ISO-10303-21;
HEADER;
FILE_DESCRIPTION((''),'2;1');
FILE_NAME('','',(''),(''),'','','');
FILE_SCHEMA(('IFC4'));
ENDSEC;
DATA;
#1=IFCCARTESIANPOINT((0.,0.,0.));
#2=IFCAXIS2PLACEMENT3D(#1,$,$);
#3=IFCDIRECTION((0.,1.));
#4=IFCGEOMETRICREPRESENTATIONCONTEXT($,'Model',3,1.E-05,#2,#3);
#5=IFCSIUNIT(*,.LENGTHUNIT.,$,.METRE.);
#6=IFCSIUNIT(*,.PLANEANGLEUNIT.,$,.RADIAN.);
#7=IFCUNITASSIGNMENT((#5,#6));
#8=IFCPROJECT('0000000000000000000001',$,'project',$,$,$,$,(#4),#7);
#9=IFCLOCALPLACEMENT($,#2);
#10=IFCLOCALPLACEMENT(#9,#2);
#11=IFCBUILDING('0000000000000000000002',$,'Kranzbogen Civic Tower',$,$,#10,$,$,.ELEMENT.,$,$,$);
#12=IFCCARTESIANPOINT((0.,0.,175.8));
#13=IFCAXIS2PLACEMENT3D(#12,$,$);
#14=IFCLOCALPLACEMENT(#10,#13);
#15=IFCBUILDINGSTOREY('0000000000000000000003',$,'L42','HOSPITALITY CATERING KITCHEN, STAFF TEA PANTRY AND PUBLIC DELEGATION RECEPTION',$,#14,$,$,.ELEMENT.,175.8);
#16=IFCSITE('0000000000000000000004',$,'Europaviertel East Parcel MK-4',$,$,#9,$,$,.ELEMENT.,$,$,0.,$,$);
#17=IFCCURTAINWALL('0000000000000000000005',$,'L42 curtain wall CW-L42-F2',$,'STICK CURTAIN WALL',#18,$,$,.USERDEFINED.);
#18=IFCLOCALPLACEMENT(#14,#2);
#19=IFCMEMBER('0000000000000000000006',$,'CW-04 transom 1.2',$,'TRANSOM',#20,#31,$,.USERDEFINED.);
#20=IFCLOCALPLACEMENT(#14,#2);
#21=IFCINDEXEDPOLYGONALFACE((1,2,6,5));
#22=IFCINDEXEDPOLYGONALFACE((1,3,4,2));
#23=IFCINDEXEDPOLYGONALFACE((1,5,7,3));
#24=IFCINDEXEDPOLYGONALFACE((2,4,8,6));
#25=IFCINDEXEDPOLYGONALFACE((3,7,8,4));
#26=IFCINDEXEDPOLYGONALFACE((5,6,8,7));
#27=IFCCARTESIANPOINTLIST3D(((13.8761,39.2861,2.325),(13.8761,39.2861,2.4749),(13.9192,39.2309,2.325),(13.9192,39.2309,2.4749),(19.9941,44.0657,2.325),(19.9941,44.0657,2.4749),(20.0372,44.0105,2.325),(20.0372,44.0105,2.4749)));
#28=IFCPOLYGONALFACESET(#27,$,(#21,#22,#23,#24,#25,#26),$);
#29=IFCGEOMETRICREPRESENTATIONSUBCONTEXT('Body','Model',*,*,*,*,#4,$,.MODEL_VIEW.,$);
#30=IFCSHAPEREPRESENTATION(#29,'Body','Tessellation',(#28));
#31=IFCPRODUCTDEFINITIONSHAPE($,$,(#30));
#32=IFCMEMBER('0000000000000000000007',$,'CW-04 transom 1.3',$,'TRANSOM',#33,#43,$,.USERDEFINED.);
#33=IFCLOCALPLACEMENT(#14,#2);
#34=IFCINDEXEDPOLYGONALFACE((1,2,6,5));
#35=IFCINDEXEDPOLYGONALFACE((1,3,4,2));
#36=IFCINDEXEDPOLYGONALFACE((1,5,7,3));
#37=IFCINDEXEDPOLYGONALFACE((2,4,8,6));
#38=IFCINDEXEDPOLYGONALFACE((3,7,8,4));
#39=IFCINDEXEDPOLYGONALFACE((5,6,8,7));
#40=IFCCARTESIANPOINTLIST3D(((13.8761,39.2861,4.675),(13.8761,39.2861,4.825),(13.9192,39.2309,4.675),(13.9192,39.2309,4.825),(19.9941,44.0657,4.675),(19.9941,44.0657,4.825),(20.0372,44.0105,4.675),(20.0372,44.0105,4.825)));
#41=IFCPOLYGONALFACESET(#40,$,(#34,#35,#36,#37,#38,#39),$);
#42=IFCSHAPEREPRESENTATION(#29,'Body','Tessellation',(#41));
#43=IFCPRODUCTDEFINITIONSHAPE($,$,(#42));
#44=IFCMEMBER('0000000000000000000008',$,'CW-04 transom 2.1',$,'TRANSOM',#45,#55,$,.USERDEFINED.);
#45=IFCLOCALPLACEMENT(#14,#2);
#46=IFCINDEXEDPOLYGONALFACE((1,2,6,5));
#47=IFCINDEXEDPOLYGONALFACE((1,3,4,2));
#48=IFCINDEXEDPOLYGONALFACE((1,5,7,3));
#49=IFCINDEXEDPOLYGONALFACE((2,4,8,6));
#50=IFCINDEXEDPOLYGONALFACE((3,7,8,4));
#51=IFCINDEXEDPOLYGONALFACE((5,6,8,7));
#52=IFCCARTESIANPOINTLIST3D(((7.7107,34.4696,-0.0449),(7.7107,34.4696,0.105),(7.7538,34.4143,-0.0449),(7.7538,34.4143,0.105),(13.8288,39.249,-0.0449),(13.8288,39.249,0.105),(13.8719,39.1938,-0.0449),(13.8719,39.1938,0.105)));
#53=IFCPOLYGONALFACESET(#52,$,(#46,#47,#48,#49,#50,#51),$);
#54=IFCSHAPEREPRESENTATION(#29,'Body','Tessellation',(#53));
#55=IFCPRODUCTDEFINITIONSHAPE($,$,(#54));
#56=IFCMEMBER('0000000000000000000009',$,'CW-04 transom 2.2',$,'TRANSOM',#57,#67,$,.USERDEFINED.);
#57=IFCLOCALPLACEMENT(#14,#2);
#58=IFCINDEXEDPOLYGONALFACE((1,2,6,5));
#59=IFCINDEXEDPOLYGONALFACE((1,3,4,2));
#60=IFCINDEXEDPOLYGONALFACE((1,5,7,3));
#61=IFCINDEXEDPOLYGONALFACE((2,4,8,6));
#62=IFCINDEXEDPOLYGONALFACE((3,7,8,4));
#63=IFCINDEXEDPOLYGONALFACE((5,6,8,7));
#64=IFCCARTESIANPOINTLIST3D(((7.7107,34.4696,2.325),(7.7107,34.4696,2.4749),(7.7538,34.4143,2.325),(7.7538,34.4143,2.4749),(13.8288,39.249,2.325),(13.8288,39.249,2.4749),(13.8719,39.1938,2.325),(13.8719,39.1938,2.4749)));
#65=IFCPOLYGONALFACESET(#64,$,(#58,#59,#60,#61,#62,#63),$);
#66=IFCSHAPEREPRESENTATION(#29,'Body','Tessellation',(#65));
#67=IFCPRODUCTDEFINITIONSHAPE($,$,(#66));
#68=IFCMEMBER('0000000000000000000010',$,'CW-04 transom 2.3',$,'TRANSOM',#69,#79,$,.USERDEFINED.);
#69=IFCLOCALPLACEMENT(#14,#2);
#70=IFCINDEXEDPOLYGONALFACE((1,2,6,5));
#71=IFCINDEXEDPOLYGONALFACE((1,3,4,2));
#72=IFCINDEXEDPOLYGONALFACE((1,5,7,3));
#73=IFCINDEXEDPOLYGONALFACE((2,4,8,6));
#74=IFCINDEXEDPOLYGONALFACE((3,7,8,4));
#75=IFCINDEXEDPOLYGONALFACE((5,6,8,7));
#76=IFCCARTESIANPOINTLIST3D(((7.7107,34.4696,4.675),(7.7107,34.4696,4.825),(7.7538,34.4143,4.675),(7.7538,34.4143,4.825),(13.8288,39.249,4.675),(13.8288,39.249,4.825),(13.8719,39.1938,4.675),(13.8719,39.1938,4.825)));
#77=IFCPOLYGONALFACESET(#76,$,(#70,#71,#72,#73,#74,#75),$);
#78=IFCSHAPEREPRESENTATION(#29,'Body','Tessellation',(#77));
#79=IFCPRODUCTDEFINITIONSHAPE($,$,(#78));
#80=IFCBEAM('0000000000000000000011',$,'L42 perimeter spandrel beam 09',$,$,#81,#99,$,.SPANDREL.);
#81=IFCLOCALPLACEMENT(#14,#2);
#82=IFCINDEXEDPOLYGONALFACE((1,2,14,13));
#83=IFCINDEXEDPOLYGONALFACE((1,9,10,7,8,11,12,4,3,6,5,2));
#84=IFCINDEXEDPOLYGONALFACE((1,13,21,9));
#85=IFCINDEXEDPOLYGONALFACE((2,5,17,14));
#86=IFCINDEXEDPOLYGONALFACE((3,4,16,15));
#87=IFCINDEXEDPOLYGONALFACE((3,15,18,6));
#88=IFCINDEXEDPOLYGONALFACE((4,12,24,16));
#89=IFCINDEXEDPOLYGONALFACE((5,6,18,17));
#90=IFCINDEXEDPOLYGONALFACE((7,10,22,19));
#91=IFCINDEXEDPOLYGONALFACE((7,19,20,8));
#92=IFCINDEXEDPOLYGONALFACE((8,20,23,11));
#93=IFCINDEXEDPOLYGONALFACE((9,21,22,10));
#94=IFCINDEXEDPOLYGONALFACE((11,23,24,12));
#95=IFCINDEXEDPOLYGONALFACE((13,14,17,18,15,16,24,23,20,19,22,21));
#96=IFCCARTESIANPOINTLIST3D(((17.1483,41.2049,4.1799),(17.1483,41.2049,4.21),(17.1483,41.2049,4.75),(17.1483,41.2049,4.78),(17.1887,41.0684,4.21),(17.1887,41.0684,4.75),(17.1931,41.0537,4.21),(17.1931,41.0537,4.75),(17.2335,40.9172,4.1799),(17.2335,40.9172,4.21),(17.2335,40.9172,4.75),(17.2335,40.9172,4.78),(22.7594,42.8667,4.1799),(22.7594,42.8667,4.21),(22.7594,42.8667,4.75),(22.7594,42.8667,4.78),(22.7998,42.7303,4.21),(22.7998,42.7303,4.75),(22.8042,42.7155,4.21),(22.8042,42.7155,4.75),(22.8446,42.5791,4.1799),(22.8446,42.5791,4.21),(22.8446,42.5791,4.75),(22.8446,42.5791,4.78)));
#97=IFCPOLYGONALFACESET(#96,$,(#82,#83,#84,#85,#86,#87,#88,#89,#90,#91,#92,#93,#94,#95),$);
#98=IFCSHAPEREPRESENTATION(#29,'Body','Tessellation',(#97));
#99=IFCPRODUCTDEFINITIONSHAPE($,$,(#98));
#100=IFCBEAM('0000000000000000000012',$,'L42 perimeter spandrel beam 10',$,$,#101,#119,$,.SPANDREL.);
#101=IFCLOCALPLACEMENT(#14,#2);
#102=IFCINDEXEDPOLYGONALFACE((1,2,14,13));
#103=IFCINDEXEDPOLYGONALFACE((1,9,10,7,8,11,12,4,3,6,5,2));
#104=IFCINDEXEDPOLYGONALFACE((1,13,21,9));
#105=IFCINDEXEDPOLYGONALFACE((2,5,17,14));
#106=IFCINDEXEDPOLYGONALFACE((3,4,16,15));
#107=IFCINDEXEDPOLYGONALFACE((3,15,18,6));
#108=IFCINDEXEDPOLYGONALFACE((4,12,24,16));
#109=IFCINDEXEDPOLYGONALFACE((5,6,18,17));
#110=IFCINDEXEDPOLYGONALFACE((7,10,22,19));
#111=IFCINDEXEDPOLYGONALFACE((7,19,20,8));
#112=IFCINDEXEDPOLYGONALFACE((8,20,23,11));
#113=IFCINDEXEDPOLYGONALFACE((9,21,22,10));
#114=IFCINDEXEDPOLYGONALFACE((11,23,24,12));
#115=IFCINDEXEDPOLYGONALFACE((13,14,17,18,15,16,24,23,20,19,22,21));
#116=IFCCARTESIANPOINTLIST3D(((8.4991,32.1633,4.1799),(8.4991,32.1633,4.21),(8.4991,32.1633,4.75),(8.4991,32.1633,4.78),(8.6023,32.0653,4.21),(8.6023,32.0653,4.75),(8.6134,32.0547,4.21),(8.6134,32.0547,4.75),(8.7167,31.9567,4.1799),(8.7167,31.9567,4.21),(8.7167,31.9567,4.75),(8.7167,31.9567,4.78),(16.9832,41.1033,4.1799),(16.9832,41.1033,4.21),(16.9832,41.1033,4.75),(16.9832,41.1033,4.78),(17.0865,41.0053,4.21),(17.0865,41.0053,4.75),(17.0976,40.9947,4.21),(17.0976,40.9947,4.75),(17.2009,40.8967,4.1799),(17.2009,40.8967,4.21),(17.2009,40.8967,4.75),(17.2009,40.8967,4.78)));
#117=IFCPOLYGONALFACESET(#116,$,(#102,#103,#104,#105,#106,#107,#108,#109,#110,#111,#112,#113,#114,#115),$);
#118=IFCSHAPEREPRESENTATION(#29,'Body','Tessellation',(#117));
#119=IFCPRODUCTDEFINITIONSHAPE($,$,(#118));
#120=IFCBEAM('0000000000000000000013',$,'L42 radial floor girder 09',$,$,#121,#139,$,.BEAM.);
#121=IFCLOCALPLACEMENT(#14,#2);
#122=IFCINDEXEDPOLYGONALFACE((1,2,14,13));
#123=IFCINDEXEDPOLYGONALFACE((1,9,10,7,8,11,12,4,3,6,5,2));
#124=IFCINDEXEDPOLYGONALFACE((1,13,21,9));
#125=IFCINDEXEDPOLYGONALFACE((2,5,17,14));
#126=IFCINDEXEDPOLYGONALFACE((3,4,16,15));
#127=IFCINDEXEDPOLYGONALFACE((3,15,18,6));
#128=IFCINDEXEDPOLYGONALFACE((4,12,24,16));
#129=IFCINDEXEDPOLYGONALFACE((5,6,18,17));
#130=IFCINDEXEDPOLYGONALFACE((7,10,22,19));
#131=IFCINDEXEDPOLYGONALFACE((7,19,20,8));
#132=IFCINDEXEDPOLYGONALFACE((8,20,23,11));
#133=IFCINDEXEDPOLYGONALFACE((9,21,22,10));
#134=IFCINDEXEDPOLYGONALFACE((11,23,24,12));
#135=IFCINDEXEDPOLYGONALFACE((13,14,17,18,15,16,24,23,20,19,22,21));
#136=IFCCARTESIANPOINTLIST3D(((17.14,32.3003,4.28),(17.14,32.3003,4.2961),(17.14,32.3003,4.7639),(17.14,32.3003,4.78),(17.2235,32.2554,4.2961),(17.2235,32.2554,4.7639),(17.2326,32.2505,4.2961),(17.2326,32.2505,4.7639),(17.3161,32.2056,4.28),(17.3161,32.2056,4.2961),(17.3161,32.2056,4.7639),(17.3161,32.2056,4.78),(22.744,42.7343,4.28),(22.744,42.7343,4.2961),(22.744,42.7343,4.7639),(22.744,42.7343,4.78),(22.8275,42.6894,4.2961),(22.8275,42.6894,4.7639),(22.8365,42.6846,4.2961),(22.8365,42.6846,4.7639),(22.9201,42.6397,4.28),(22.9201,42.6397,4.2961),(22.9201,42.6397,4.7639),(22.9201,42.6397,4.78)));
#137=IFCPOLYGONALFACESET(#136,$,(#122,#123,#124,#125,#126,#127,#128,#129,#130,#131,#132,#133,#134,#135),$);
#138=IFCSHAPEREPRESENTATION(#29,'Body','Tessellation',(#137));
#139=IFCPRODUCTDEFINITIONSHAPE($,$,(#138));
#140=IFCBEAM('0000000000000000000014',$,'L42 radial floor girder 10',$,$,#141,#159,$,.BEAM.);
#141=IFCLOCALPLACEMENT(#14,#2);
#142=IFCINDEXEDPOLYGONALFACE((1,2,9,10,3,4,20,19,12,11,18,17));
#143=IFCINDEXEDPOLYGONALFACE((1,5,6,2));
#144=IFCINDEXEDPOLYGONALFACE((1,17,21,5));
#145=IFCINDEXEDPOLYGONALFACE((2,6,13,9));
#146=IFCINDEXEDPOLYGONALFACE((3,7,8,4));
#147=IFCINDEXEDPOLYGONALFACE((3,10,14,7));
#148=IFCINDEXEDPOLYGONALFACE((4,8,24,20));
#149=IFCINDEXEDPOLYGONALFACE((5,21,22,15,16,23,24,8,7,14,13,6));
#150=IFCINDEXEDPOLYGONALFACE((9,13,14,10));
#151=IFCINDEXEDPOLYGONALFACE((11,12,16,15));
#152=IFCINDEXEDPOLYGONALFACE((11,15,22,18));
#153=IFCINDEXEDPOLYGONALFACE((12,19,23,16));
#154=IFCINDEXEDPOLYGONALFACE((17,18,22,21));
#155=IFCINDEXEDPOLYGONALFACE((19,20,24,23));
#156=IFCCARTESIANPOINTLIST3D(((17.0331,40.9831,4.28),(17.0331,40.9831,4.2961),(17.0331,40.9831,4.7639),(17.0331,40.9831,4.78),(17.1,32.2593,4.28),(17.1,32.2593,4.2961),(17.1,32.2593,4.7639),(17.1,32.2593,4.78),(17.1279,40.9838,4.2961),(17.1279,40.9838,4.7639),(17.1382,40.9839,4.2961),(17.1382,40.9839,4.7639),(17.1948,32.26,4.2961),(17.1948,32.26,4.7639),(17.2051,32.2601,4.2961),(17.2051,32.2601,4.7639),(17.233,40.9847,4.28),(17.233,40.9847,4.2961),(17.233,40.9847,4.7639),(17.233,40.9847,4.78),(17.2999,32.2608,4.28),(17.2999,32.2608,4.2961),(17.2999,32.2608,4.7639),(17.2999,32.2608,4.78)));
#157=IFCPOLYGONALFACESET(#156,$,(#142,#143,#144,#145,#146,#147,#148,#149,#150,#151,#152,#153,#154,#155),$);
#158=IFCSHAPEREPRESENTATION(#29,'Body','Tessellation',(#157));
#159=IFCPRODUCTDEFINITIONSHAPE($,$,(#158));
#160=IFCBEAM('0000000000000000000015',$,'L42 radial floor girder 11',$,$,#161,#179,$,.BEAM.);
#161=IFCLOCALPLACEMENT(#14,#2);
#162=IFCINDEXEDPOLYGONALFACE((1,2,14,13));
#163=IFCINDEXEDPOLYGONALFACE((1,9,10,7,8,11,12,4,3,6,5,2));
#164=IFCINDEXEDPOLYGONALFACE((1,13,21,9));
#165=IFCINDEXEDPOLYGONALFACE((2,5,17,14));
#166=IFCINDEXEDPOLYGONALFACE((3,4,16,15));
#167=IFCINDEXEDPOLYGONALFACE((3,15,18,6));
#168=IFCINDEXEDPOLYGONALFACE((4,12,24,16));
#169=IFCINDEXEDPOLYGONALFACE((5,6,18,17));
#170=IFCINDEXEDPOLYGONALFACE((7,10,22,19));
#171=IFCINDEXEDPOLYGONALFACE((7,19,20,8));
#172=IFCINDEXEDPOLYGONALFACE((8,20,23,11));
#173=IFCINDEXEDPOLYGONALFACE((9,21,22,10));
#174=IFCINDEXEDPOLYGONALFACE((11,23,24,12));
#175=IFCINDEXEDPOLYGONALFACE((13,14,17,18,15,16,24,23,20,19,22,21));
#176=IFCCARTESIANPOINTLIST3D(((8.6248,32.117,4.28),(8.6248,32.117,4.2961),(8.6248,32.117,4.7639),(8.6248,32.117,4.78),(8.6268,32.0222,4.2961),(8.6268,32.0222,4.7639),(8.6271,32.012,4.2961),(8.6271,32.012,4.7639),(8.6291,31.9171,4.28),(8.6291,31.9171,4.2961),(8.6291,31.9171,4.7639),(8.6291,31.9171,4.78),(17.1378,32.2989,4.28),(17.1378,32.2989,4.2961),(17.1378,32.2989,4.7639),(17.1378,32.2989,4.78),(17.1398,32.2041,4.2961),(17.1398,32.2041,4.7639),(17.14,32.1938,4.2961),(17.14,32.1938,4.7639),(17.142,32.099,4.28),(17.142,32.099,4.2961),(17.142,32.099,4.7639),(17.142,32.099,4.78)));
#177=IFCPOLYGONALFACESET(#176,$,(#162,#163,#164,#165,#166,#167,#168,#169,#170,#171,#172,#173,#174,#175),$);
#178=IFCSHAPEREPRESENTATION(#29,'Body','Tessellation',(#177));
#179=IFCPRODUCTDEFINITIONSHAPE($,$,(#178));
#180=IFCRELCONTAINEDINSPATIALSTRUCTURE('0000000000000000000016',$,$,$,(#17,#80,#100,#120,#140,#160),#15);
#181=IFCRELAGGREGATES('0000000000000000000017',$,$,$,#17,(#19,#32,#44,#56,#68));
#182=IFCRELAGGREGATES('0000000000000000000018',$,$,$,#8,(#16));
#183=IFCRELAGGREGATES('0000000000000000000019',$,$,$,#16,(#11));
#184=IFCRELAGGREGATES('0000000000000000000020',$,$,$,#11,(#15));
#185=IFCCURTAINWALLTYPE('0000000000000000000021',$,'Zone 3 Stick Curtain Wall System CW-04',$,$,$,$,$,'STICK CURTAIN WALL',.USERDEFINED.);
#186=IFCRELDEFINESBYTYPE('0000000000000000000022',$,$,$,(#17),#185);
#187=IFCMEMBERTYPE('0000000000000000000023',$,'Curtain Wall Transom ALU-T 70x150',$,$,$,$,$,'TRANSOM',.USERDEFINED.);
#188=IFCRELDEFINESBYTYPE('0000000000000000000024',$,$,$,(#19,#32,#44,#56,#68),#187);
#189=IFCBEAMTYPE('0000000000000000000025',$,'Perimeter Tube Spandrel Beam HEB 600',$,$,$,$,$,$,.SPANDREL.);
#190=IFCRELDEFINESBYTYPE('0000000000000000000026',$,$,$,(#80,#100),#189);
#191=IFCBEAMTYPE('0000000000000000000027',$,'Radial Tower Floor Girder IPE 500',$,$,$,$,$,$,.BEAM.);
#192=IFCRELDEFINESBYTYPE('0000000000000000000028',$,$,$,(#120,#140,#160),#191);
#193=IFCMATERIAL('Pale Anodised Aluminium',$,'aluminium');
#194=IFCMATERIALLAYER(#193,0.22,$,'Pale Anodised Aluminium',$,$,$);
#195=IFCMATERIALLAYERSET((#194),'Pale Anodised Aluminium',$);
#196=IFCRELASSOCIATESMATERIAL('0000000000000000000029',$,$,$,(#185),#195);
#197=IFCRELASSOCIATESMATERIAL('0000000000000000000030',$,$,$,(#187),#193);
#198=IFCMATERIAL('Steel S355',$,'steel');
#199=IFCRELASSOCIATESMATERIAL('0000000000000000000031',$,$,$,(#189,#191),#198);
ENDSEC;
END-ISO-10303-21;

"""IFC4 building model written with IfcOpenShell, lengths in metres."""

from ifc_helpers import new_model, si_unit, direction, frame, origin, origin_2d, place, context, subcontext, project, spatial, rectangle, i_section, extrude, material, layer, layer_set, material_profile, profile_set, type_object, element, aggregate, save


model = new_model("IFC4")

# Units and contexts
model_context = context("Model", 3, precision=1e-05, world=origin(), true_north=direction((0.0, 1.0)))
body_context = subcontext(model_context, "Body", "Model", "MODEL_VIEW")
ifc_project = project(units=[si_unit("LENGTHUNIT", "METRE"), si_unit("PLANEANGLEUNIT", "RADIAN")], contexts=[model_context])

# Site, building, storey
site_placement = place(None, origin())
site = spatial("IfcSite", under=ifc_project, at=site_placement, Name="Europaviertel East Parcel MK-4", CompositionType="ELEMENT", RefElevation=0.0)
building_placement = place(site_placement, origin())
building = spatial("IfcBuilding", under=site, at=building_placement, Name="Kranzbogen Civic Tower", CompositionType="ELEMENT")
storey_placement = place(building_placement, frame((0.0, 0.0, 175.8)))
storey = spatial("IfcBuildingStorey", under=building, at=storey_placement, Name="L42", Description="HOSPITALITY CATERING KITCHEN, STAFF TEA PANTRY AND PUBLIC DELEGATION RECEPTION", CompositionType="ELEMENT", Elevation=175.8)

# Shared definitions
ifc_material_1 = material(Name="Steel S355", Category="steel")

# Shared definitions
ifc_material_2 = material(Name="Pale Anodised Aluminium", Category="aluminium")

# Curtain wall
ifc_layer_1 = layer(ifc_material_2, 0.22, Name="Pale Anodised Aluminium")
ifc_layer_set_1 = layer_set([ifc_layer_1], Name="Pale Anodised Aluminium")
curtain_wall_type_1 = type_object("IfcCurtainWallType", Name="Zone 3 Stick Curtain Wall System CW-04", ElementType="STICK CURTAIN WALL", PredefinedType="USERDEFINED", material=ifc_layer_set_1)
curtain_wall_1_placement = place(storey_placement, origin())
curtain_wall_1 = element("IfcCurtainWall", 1, at=curtain_wall_1_placement, inside=storey, type_object=curtain_wall_type_1, Name="L42 curtain wall CW-L42-F2", ObjectType="STICK CURTAIN WALL", PredefinedType="USERDEFINED")

# Members
ifc_material_profile_1 = material_profile(ifc_material_2, rectangle(XDim=0.0701, YDim=0.1499, at=origin_2d()), Name="ALU-T 70x150")
ifc_profile_set_1 = profile_set([ifc_material_profile_1], Name="Pale Anodised Aluminium")
member_type_1 = type_object("IfcMemberType", Name="Curtain Wall Transom ALU-T 70x150", ElementType="TRANSOM", PredefinedType="USERDEFINED", material=ifc_profile_set_1)
member_1_placement = place(storey_placement, frame((20.0156, 44.0381, 2.3999), z_axis=(-0.78803, -0.615637, 0.0), x_axis=(0.615637, -0.78803, 0.0)))
member_1 = element("IfcMember", 2, at=member_1_placement, type_object=member_type_1, Name="CW-04 transom 1.2", ObjectType="TRANSOM", PredefinedType="USERDEFINED", context=body_context, shape_type="SweptSolid", body=[
    extrude(rectangle(XDim=0.0701, YDim=0.1499, at=origin_2d()), origin(), (0.0, 0.0, 1.0), 7.7637),
])
member_2_placement = place(storey_placement, frame((20.0156, 44.0381, 4.75), z_axis=(-0.78803, -0.615637, 0.0), x_axis=(0.615637, -0.78803, 0.0)))
member_2 = element("IfcMember", 3, at=member_2_placement, type_object=member_type_1, Name="CW-04 transom 1.3", ObjectType="TRANSOM", PredefinedType="USERDEFINED", context=body_context, shape_type="SweptSolid", body=[
    extrude(rectangle(XDim=0.0701, YDim=0.1499, at=origin_2d()), origin(), (0.0, 0.0, 1.0), 7.7637),
])
member_3_placement = place(storey_placement, frame((13.8503, 39.2214, 0.03), z_axis=(-0.788042, -0.615622, 0.0), x_axis=(0.615622, -0.788042, 0.0)))
member_3 = element("IfcMember", 4, at=member_3_placement, type_object=member_type_1, Name="CW-04 transom 2.1", ObjectType="TRANSOM", PredefinedType="USERDEFINED", context=body_context, shape_type="SweptSolid", body=[
    extrude(rectangle(XDim=0.0701, YDim=0.1499, at=origin_2d()), origin(), (0.0, 0.0, 1.0), 7.7637),
])
member_4_placement = place(storey_placement, frame((13.8503, 39.2214, 2.3999), z_axis=(-0.788042, -0.615622, 0.0), x_axis=(0.615622, -0.788042, 0.0)))
member_4 = element("IfcMember", 5, at=member_4_placement, type_object=member_type_1, Name="CW-04 transom 2.2", ObjectType="TRANSOM", PredefinedType="USERDEFINED", context=body_context, shape_type="SweptSolid", body=[
    extrude(rectangle(XDim=0.0701, YDim=0.1499, at=origin_2d()), origin(), (0.0, 0.0, 1.0), 7.7637),
])
member_5_placement = place(storey_placement, frame((13.8503, 39.2214, 4.75), z_axis=(-0.788042, -0.615622, 0.0), x_axis=(0.615622, -0.788042, 0.0)))
member_5 = element("IfcMember", 6, at=member_5_placement, type_object=member_type_1, Name="CW-04 transom 2.3", ObjectType="TRANSOM", PredefinedType="USERDEFINED", context=body_context, shape_type="SweptSolid", body=[
    extrude(rectangle(XDim=0.0701, YDim=0.1499, at=origin_2d()), origin(), (0.0, 0.0, 1.0), 7.7637),
])

# Beams
ifc_material_profile_2 = material_profile(ifc_material_1, i_section(OverallWidth=0.3, OverallDepth=0.6001, WebThickness=0.0154, FlangeThickness=0.03, at=origin_2d()), Name="HEB 600")
ifc_profile_set_2 = profile_set([ifc_material_profile_2], Name="Steel S355")
beam_type_1 = type_object("IfcBeamType", Name="Perimeter Tube Spandrel Beam HEB 600", PredefinedType="SPANDREL", material=ifc_profile_set_2)
beam_1_placement = place(storey_placement, frame((22.802, 42.7229, 4.48), z_axis=(-0.95883, -0.283982, 0.0), x_axis=(0.283982, -0.95883, 0.0)))
element("IfcBeam", 7, at=beam_1_placement, inside=storey, type_object=beam_type_1, Name="L42 perimeter spandrel beam 09", PredefinedType="SPANDREL", context=body_context, shape_type="SweptSolid", body=[
    extrude(i_section(OverallWidth=0.3, OverallDepth=0.6001, WebThickness=0.0154, FlangeThickness=0.03, at=origin_2d()), origin(), (0.0, 0.0, 1.0), 5.8521),
])
beam_2_placement = place(storey_placement, frame((17.092, 41.0, 4.48), z_axis=(-0.688373, -0.725356, 0.0), x_axis=(0.725356, -0.688373, 0.0)))
element("IfcBeam", 8, at=beam_2_placement, inside=storey, type_object=beam_type_1, Name="L42 perimeter spandrel beam 10", PredefinedType="SPANDREL", context=body_context, shape_type="SweptSolid", body=[
    extrude(i_section(OverallWidth=0.3, OverallDepth=0.6001, WebThickness=0.0154, FlangeThickness=0.03, at=origin_2d()), origin(), (0.0, 0.0, 1.0), 12.325),
])
ifc_material_profile_3 = material_profile(ifc_material_1, i_section(OverallWidth=0.2, OverallDepth=0.5, WebThickness=0.0103, FlangeThickness=0.0161, at=origin_2d()), Name="IPE 500")
ifc_profile_set_3 = profile_set([ifc_material_profile_3], Name="Steel S355")
beam_type_2 = type_object("IfcBeamType", Name="Radial Tower Floor Girder IPE 500", PredefinedType="BEAM", material=ifc_profile_set_3)
beam_3_placement = place(storey_placement, frame((22.832, 42.687, 4.53), z_axis=(-0.47316, -0.880976, 0.0), x_axis=(0.880976, -0.47316, 0.0)))
element("IfcBeam", 9, at=beam_3_placement, inside=storey, type_object=beam_type_2, Name="L42 radial floor girder 09", PredefinedType="BEAM", context=body_context, shape_type="SweptSolid", body=[
    extrude(i_section(OverallWidth=0.2, OverallDepth=0.5, WebThickness=0.0103, FlangeThickness=0.0161, at=origin_2d()), origin(), (0.0, 0.0, 1.0), 11.8438),
])
beam_4_placement = place(storey_placement, frame((17.1331, 40.9839, 4.53), z_axis=(0.007668, -0.999971, 0.0), x_axis=(0.999971, 0.007668, 0.0)))
element("IfcBeam", 10, at=beam_4_placement, inside=storey, type_object=beam_type_2, Name="L42 radial floor girder 10", PredefinedType="BEAM", context=body_context, shape_type="SweptSolid", body=[
    extrude(i_section(OverallWidth=0.2, OverallDepth=0.5, WebThickness=0.0103, FlangeThickness=0.0161, at=origin_2d()), origin(), (0.0, 0.0, 1.0), 8.7241),
])
beam_5_placement = place(storey_placement, frame((8.627, 32.0171, 4.53), z_axis=(0.999772, 0.021361, 0.0), x_axis=(-0.021361, 0.999772, 0.0)))
element("IfcBeam", 11, at=beam_5_placement, inside=storey, type_object=beam_type_2, Name="L42 radial floor girder 11", PredefinedType="BEAM", context=body_context, shape_type="SweptSolid", body=[
    extrude(i_section(OverallWidth=0.2, OverallDepth=0.5, WebThickness=0.0103, FlangeThickness=0.0161, at=origin_2d()), origin(), (0.0, 0.0, 1.0), 8.5149),
])

aggregate(curtain_wall_1, [member_1, member_2, member_3, member_4, member_5])

save(model, "model.ifc")
